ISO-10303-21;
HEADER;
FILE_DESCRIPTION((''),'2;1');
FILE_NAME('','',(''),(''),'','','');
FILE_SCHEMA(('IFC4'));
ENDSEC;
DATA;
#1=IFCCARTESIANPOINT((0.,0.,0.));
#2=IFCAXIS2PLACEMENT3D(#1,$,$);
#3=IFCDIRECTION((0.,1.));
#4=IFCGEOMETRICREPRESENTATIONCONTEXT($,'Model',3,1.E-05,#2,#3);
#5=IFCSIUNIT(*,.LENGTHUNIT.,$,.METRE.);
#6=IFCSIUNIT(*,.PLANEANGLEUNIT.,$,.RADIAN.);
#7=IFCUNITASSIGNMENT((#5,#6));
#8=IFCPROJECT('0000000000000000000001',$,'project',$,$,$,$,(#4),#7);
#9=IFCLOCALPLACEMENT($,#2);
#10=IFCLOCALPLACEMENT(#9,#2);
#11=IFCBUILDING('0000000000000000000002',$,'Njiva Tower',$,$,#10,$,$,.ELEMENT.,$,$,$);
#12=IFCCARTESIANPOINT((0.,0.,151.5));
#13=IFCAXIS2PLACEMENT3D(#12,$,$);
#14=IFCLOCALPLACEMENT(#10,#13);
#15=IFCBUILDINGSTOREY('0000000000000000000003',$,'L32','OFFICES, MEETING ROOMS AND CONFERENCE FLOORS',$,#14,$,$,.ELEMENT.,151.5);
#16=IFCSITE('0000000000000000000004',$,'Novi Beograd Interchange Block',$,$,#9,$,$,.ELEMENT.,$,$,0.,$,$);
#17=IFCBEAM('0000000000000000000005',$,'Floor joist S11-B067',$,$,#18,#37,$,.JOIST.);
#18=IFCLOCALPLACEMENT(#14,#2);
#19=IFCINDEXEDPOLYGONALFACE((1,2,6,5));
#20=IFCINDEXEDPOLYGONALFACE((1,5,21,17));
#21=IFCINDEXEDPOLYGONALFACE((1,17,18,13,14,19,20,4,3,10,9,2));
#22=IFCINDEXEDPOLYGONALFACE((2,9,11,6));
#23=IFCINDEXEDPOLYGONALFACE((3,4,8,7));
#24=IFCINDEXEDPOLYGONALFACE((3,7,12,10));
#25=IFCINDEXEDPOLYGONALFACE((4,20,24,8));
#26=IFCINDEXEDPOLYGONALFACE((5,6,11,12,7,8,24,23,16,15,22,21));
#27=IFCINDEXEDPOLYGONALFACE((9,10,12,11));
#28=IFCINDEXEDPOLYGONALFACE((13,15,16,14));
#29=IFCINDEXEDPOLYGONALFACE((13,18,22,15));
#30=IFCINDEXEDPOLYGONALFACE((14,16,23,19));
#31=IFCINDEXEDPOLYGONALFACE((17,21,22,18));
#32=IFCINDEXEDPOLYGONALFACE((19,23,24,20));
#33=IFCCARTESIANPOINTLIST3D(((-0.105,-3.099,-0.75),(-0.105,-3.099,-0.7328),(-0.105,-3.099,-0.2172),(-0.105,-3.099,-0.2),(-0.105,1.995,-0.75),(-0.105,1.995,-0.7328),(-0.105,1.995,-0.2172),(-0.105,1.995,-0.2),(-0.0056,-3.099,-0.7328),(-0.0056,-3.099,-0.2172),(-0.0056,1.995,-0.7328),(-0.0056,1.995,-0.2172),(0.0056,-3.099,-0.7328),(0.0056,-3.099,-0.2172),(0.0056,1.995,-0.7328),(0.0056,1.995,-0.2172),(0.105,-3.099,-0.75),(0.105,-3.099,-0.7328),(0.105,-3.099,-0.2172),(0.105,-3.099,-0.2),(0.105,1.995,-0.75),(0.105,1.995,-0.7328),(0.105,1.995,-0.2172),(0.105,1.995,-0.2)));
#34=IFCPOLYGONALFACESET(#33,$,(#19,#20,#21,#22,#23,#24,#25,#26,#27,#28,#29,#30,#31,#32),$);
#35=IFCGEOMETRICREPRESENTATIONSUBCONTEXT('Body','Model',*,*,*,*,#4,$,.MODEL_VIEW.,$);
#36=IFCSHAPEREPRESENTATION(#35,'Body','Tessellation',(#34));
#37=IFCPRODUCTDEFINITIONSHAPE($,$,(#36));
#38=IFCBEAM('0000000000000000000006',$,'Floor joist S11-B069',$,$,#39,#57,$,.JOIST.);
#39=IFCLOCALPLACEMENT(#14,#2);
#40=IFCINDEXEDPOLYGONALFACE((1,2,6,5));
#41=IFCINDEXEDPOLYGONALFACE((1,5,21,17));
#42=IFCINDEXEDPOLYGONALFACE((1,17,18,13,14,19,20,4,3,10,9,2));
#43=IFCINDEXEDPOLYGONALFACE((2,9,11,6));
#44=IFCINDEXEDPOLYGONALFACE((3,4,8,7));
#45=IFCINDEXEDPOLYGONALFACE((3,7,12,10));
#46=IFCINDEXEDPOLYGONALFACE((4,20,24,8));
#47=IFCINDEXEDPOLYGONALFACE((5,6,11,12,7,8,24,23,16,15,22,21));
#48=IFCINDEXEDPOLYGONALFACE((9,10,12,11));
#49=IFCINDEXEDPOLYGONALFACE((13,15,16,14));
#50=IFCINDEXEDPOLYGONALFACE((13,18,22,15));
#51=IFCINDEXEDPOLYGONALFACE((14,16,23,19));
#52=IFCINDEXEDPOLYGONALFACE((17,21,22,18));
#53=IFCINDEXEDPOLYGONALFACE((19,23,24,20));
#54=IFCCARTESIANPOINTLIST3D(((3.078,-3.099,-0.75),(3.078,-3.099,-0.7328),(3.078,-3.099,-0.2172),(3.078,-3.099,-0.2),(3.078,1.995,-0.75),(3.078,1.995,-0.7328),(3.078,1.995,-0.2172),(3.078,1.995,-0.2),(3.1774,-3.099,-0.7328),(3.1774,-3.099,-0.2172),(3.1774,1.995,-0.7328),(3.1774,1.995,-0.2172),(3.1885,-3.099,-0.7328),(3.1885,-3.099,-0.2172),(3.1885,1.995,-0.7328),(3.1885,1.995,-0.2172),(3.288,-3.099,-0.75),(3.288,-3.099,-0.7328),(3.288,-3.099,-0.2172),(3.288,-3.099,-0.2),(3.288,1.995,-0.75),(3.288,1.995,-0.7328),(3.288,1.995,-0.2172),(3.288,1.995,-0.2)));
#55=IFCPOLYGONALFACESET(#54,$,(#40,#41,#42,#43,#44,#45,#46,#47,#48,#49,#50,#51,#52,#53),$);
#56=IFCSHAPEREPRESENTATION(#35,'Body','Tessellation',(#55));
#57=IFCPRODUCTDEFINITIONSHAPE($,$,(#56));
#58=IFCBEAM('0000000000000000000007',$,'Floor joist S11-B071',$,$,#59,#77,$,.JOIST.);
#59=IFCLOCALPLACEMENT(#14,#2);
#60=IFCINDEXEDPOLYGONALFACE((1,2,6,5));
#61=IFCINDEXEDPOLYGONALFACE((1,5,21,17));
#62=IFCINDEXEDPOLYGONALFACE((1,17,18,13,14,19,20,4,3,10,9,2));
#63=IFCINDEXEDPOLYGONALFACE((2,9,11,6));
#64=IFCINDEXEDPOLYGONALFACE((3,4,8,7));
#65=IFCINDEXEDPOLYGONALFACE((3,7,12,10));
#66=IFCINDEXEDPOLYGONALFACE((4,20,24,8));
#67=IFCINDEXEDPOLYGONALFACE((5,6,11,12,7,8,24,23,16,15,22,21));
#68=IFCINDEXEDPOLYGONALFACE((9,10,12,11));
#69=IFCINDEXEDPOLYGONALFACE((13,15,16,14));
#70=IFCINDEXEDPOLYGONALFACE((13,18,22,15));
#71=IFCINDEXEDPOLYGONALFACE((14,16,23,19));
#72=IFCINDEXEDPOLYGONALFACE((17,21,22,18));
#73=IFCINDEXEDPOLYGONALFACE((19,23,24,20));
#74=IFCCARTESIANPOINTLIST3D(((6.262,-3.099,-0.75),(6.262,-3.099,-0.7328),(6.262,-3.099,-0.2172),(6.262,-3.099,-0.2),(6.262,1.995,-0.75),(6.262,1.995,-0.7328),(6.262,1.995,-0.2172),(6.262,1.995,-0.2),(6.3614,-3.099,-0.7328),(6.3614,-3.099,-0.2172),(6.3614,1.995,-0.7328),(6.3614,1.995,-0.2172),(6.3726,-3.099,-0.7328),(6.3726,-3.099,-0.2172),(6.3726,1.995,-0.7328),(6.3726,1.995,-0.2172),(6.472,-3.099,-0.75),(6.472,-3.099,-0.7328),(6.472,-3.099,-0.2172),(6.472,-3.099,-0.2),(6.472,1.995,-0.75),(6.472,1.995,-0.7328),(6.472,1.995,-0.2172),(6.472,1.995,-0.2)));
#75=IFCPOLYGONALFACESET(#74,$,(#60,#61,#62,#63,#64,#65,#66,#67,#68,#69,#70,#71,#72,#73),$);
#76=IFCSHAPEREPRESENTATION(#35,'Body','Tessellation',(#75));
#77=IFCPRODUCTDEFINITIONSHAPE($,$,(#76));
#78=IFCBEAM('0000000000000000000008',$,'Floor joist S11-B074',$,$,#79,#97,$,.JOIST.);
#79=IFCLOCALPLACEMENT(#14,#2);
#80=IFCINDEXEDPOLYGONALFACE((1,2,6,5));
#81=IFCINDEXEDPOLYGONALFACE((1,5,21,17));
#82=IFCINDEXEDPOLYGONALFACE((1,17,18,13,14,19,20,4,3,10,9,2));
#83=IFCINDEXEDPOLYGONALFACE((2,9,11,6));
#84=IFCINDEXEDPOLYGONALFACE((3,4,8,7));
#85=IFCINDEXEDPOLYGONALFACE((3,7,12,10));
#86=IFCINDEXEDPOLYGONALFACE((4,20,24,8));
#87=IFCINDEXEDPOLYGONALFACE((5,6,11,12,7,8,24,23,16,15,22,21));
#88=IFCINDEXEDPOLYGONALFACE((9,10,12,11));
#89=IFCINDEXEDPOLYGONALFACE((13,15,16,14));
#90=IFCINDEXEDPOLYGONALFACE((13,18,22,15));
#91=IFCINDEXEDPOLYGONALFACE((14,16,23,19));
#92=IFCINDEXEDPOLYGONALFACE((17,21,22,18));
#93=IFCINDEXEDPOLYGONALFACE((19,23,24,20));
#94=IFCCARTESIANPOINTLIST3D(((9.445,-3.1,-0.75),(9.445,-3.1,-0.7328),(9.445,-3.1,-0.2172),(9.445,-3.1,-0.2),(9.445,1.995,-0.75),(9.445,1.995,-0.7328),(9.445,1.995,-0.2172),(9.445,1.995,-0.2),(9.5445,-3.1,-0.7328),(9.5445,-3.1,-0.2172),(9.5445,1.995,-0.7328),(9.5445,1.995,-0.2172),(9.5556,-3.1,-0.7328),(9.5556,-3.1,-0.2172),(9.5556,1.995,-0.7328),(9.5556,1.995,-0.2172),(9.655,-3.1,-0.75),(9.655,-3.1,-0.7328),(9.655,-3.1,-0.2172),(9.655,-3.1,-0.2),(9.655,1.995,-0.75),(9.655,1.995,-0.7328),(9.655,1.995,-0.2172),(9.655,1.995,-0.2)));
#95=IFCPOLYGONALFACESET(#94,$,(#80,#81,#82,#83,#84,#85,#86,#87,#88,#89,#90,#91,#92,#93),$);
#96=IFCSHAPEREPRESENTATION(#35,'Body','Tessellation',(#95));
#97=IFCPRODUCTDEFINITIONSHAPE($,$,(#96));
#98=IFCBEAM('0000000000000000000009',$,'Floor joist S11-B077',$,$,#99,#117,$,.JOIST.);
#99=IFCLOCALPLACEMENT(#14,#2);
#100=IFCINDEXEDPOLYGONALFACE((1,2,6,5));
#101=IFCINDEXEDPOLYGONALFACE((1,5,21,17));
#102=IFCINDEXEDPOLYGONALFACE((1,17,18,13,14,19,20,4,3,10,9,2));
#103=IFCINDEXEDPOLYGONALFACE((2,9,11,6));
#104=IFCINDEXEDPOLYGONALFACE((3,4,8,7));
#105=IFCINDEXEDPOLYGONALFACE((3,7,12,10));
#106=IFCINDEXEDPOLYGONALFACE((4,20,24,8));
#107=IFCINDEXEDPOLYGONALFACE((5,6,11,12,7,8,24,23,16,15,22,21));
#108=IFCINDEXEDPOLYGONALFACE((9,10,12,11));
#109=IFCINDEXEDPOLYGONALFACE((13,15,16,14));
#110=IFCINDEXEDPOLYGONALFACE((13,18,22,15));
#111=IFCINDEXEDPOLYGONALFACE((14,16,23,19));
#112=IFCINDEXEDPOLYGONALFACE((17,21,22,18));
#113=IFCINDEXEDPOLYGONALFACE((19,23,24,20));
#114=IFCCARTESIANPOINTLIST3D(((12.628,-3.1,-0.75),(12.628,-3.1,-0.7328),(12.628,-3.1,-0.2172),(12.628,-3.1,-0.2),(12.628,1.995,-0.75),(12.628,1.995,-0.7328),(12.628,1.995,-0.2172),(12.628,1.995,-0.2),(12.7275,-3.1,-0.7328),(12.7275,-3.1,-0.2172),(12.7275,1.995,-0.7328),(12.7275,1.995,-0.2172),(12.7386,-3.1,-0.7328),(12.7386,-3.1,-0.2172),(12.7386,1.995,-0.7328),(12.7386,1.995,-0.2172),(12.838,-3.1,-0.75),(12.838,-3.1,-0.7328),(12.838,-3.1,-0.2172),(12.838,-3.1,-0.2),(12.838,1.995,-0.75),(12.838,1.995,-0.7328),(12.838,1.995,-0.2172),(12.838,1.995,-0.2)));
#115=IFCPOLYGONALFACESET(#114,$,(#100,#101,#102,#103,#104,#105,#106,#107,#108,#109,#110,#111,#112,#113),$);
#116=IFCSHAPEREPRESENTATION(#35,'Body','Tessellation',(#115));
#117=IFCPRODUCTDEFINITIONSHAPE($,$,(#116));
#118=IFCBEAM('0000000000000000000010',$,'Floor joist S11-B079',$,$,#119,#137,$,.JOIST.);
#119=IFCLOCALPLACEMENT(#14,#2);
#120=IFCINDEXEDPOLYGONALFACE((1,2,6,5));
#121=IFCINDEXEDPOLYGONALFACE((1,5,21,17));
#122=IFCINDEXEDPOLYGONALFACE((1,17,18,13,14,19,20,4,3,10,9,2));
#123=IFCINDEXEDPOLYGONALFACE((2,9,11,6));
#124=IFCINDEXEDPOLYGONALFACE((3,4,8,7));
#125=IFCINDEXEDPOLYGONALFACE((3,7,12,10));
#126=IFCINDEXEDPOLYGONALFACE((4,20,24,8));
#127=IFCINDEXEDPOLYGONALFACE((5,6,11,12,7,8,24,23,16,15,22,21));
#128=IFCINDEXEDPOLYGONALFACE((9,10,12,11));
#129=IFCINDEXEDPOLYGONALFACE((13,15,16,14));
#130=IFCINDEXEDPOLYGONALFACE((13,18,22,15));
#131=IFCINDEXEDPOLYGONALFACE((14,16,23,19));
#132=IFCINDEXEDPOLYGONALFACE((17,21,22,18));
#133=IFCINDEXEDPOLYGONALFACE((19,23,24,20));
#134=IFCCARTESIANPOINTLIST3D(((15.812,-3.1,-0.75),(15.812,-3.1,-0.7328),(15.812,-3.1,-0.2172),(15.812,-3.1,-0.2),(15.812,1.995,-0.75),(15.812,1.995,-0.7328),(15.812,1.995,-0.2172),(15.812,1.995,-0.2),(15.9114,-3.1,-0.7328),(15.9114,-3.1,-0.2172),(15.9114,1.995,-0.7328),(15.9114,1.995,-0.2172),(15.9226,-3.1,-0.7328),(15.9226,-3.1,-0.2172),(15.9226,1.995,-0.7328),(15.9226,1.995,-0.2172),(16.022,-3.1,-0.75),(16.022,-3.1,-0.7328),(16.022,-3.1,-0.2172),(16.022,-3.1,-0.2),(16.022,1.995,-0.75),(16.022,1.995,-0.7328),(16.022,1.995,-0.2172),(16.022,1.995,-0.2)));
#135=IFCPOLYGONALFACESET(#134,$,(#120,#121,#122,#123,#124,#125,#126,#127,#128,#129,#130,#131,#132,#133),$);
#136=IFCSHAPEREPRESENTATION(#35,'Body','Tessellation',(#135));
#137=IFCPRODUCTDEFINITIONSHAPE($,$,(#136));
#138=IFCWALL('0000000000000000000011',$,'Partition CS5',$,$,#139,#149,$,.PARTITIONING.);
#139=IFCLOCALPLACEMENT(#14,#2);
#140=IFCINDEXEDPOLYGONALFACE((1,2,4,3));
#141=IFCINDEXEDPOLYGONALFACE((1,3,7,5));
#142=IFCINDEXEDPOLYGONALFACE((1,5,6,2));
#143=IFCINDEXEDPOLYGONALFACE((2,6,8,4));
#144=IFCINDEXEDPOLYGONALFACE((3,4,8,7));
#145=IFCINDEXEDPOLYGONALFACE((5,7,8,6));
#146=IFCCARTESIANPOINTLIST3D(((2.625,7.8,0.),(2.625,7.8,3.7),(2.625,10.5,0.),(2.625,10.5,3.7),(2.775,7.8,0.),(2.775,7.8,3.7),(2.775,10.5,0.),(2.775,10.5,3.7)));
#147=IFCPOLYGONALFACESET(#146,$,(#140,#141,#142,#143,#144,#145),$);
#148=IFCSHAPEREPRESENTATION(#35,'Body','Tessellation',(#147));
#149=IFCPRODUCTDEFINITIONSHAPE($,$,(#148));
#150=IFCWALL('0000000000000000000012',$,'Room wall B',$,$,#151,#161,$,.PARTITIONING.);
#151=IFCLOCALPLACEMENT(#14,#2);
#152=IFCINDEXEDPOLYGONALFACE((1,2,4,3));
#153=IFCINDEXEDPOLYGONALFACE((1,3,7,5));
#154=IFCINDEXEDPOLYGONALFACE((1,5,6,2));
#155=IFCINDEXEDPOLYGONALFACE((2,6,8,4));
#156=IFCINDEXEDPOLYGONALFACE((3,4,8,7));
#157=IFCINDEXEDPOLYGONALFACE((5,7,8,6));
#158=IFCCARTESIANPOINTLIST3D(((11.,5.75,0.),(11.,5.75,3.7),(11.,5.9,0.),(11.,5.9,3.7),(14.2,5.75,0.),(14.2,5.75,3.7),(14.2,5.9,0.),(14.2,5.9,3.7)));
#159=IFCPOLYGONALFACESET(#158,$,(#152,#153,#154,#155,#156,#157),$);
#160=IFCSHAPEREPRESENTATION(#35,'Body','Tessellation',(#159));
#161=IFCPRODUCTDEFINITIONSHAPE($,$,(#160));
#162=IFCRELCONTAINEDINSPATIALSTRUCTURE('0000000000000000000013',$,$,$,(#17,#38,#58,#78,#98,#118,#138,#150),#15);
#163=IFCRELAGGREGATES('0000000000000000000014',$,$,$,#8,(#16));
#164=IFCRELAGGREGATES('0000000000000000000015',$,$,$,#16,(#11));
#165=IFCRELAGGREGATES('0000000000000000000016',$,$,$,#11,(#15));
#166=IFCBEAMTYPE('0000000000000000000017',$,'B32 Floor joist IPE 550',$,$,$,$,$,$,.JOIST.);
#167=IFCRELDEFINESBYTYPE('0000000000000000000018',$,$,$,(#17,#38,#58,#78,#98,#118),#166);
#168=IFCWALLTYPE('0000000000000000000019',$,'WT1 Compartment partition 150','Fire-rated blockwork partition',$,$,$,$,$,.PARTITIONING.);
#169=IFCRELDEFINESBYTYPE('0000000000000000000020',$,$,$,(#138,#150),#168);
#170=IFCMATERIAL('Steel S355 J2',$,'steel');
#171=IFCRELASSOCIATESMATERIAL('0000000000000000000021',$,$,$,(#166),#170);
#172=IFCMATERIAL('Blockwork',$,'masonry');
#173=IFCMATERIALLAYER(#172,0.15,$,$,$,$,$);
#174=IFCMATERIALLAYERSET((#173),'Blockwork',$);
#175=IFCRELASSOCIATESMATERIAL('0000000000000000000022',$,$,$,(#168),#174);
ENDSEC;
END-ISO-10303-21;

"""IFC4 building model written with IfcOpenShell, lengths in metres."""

from ifc_helpers import new_model, si_unit, direction, frame, frame_2d, origin, origin_2d, place, context, subcontext, project, spatial, rectangle, i_section, extrude, material, layer, layer_set, material_profile, profile_set, type_object, element, save


model = new_model("IFC4")

# Units and contexts
model_context = context("Model", 3, precision=1e-05, world=origin(), true_north=direction((0.0, 1.0)))
body_context = subcontext(model_context, "Body", "Model", "MODEL_VIEW")
ifc_project = project(units=[si_unit("LENGTHUNIT", "METRE"), si_unit("PLANEANGLEUNIT", "RADIAN")], contexts=[model_context])

# Site, building, storey
site_placement = place(None, origin())
site = spatial("IfcSite", under=ifc_project, at=site_placement, Name="Novi Beograd Interchange Block", CompositionType="ELEMENT", RefElevation=0.0)
building_placement = place(site_placement, origin())
building = spatial("IfcBuilding", under=site, at=building_placement, Name="Njiva Tower", CompositionType="ELEMENT")
storey_placement = place(building_placement, frame((0.0, 0.0, 151.5)))
storey = spatial("IfcBuildingStorey", under=building, at=storey_placement, Name="L32", Description="OFFICES, MEETING ROOMS AND CONFERENCE FLOORS", CompositionType="ELEMENT", Elevation=151.5)

# Beams
ifc_material_1 = material(Name="Steel S355 J2", Category="steel")
ifc_material_profile = material_profile(ifc_material_1, i_section(OverallWidth=0.21, OverallDepth=0.55, WebThickness=0.0111, FlangeThickness=0.0172, at=origin_2d()), Name="IPE 550")
ifc_profile_set = profile_set([ifc_material_profile], Name="Steel S355 J2")
beam_type = type_object("IfcBeamType", Name="B32 Floor joist IPE 550", PredefinedType="JOIST", material=ifc_profile_set)
for number, where, z_axis, x_axis, name in (
    (1, (0.0, 1.995, -0.475), (0.0, -1.0, 0.0), (1.0, 0.0, 0.0), "Floor joist S11-B067"),
    (2, (3.183, 1.995, -0.475), (0.0, -1.0, 0.0), (1.0, 0.0, 0.0), "Floor joist S11-B069"),
    (3, (6.367, 1.995, -0.475), (0.0, -1.0, 0.0), (1.0, 0.0, 0.0), "Floor joist S11-B071"),
):
    element("IfcBeam", number, at=place(storey_placement, frame(where, z_axis=z_axis, x_axis=x_axis)), inside=storey, type_object=beam_type, Name=name, PredefinedType="JOIST", context=body_context, shape_type="SweptSolid", body=[
        extrude(i_section(OverallWidth=0.21, OverallDepth=0.55, WebThickness=0.0111, FlangeThickness=0.0172, at=origin_2d()), origin(), (0.0, 0.0, 1.0), 5.094),
    ])
for number, where, z_axis, x_axis, name in (
    (4, (9.55, 1.995, -0.475), (0.0, -1.0, 0.0), (1.0, 0.0, 0.0), "Floor joist S11-B074"),
    (5, (12.733, 1.995, -0.475), (0.0, -1.0, 0.0), (1.0, 0.0, 0.0), "Floor joist S11-B077"),
    (6, (15.917, 1.995, -0.475), (0.0, -1.0, 0.0), (1.0, 0.0, 0.0), "Floor joist S11-B079"),
):
    element("IfcBeam", number, at=place(storey_placement, frame(where, z_axis=z_axis, x_axis=x_axis)), inside=storey, type_object=beam_type, Name=name, PredefinedType="JOIST", context=body_context, shape_type="SweptSolid", body=[
        extrude(i_section(OverallWidth=0.21, OverallDepth=0.55, WebThickness=0.0111, FlangeThickness=0.0172, at=origin_2d()), origin(), (0.0, 0.0, 1.0), 5.095),
    ])

# Walls
ifc_material_2 = material(Name="Blockwork", Category="masonry")
ifc_layer_1 = layer(ifc_material_2, 0.15)
ifc_layer_set_1 = layer_set([ifc_layer_1], Name="Blockwork")
wall_type_1 = type_object("IfcWallType", Name="WT1 Compartment partition 150", Description="Fire-rated blockwork partition", PredefinedType="PARTITIONING", material=ifc_layer_set_1)
wall_1_placement = place(storey_placement, frame((2.7, 7.8, 0.0), z_axis=(0.0, 0.0, 1.0), x_axis=(0.0, 1.0, 0.0)))
element("IfcWall", 7, at=wall_1_placement, inside=storey, type_object=wall_type_1, Name="Partition CS5", PredefinedType="PARTITIONING", context=body_context, shape_type="SweptSolid", body=[
    extrude(rectangle(XDim=2.7, YDim=0.15, at=frame_2d((1.35, 0.0))), origin(), (0.0, 0.0, 1.0), 3.7),
])
wall_2_placement = place(storey_placement, frame((11.0, 5.825, 0.0), z_axis=(0.0, 0.0, 1.0), x_axis=(1.0, 0.0, 0.0)))
element("IfcWall", 8, at=wall_2_placement, inside=storey, type_object=wall_type_1, Name="Room wall B", PredefinedType="PARTITIONING", context=body_context, shape_type="SweptSolid", body=[
    extrude(rectangle(XDim=3.2, YDim=0.15, at=frame_2d((1.6, 0.0))), origin(), (0.0, 0.0, 1.0), 3.7),
])

save(model, "model.ifc")
